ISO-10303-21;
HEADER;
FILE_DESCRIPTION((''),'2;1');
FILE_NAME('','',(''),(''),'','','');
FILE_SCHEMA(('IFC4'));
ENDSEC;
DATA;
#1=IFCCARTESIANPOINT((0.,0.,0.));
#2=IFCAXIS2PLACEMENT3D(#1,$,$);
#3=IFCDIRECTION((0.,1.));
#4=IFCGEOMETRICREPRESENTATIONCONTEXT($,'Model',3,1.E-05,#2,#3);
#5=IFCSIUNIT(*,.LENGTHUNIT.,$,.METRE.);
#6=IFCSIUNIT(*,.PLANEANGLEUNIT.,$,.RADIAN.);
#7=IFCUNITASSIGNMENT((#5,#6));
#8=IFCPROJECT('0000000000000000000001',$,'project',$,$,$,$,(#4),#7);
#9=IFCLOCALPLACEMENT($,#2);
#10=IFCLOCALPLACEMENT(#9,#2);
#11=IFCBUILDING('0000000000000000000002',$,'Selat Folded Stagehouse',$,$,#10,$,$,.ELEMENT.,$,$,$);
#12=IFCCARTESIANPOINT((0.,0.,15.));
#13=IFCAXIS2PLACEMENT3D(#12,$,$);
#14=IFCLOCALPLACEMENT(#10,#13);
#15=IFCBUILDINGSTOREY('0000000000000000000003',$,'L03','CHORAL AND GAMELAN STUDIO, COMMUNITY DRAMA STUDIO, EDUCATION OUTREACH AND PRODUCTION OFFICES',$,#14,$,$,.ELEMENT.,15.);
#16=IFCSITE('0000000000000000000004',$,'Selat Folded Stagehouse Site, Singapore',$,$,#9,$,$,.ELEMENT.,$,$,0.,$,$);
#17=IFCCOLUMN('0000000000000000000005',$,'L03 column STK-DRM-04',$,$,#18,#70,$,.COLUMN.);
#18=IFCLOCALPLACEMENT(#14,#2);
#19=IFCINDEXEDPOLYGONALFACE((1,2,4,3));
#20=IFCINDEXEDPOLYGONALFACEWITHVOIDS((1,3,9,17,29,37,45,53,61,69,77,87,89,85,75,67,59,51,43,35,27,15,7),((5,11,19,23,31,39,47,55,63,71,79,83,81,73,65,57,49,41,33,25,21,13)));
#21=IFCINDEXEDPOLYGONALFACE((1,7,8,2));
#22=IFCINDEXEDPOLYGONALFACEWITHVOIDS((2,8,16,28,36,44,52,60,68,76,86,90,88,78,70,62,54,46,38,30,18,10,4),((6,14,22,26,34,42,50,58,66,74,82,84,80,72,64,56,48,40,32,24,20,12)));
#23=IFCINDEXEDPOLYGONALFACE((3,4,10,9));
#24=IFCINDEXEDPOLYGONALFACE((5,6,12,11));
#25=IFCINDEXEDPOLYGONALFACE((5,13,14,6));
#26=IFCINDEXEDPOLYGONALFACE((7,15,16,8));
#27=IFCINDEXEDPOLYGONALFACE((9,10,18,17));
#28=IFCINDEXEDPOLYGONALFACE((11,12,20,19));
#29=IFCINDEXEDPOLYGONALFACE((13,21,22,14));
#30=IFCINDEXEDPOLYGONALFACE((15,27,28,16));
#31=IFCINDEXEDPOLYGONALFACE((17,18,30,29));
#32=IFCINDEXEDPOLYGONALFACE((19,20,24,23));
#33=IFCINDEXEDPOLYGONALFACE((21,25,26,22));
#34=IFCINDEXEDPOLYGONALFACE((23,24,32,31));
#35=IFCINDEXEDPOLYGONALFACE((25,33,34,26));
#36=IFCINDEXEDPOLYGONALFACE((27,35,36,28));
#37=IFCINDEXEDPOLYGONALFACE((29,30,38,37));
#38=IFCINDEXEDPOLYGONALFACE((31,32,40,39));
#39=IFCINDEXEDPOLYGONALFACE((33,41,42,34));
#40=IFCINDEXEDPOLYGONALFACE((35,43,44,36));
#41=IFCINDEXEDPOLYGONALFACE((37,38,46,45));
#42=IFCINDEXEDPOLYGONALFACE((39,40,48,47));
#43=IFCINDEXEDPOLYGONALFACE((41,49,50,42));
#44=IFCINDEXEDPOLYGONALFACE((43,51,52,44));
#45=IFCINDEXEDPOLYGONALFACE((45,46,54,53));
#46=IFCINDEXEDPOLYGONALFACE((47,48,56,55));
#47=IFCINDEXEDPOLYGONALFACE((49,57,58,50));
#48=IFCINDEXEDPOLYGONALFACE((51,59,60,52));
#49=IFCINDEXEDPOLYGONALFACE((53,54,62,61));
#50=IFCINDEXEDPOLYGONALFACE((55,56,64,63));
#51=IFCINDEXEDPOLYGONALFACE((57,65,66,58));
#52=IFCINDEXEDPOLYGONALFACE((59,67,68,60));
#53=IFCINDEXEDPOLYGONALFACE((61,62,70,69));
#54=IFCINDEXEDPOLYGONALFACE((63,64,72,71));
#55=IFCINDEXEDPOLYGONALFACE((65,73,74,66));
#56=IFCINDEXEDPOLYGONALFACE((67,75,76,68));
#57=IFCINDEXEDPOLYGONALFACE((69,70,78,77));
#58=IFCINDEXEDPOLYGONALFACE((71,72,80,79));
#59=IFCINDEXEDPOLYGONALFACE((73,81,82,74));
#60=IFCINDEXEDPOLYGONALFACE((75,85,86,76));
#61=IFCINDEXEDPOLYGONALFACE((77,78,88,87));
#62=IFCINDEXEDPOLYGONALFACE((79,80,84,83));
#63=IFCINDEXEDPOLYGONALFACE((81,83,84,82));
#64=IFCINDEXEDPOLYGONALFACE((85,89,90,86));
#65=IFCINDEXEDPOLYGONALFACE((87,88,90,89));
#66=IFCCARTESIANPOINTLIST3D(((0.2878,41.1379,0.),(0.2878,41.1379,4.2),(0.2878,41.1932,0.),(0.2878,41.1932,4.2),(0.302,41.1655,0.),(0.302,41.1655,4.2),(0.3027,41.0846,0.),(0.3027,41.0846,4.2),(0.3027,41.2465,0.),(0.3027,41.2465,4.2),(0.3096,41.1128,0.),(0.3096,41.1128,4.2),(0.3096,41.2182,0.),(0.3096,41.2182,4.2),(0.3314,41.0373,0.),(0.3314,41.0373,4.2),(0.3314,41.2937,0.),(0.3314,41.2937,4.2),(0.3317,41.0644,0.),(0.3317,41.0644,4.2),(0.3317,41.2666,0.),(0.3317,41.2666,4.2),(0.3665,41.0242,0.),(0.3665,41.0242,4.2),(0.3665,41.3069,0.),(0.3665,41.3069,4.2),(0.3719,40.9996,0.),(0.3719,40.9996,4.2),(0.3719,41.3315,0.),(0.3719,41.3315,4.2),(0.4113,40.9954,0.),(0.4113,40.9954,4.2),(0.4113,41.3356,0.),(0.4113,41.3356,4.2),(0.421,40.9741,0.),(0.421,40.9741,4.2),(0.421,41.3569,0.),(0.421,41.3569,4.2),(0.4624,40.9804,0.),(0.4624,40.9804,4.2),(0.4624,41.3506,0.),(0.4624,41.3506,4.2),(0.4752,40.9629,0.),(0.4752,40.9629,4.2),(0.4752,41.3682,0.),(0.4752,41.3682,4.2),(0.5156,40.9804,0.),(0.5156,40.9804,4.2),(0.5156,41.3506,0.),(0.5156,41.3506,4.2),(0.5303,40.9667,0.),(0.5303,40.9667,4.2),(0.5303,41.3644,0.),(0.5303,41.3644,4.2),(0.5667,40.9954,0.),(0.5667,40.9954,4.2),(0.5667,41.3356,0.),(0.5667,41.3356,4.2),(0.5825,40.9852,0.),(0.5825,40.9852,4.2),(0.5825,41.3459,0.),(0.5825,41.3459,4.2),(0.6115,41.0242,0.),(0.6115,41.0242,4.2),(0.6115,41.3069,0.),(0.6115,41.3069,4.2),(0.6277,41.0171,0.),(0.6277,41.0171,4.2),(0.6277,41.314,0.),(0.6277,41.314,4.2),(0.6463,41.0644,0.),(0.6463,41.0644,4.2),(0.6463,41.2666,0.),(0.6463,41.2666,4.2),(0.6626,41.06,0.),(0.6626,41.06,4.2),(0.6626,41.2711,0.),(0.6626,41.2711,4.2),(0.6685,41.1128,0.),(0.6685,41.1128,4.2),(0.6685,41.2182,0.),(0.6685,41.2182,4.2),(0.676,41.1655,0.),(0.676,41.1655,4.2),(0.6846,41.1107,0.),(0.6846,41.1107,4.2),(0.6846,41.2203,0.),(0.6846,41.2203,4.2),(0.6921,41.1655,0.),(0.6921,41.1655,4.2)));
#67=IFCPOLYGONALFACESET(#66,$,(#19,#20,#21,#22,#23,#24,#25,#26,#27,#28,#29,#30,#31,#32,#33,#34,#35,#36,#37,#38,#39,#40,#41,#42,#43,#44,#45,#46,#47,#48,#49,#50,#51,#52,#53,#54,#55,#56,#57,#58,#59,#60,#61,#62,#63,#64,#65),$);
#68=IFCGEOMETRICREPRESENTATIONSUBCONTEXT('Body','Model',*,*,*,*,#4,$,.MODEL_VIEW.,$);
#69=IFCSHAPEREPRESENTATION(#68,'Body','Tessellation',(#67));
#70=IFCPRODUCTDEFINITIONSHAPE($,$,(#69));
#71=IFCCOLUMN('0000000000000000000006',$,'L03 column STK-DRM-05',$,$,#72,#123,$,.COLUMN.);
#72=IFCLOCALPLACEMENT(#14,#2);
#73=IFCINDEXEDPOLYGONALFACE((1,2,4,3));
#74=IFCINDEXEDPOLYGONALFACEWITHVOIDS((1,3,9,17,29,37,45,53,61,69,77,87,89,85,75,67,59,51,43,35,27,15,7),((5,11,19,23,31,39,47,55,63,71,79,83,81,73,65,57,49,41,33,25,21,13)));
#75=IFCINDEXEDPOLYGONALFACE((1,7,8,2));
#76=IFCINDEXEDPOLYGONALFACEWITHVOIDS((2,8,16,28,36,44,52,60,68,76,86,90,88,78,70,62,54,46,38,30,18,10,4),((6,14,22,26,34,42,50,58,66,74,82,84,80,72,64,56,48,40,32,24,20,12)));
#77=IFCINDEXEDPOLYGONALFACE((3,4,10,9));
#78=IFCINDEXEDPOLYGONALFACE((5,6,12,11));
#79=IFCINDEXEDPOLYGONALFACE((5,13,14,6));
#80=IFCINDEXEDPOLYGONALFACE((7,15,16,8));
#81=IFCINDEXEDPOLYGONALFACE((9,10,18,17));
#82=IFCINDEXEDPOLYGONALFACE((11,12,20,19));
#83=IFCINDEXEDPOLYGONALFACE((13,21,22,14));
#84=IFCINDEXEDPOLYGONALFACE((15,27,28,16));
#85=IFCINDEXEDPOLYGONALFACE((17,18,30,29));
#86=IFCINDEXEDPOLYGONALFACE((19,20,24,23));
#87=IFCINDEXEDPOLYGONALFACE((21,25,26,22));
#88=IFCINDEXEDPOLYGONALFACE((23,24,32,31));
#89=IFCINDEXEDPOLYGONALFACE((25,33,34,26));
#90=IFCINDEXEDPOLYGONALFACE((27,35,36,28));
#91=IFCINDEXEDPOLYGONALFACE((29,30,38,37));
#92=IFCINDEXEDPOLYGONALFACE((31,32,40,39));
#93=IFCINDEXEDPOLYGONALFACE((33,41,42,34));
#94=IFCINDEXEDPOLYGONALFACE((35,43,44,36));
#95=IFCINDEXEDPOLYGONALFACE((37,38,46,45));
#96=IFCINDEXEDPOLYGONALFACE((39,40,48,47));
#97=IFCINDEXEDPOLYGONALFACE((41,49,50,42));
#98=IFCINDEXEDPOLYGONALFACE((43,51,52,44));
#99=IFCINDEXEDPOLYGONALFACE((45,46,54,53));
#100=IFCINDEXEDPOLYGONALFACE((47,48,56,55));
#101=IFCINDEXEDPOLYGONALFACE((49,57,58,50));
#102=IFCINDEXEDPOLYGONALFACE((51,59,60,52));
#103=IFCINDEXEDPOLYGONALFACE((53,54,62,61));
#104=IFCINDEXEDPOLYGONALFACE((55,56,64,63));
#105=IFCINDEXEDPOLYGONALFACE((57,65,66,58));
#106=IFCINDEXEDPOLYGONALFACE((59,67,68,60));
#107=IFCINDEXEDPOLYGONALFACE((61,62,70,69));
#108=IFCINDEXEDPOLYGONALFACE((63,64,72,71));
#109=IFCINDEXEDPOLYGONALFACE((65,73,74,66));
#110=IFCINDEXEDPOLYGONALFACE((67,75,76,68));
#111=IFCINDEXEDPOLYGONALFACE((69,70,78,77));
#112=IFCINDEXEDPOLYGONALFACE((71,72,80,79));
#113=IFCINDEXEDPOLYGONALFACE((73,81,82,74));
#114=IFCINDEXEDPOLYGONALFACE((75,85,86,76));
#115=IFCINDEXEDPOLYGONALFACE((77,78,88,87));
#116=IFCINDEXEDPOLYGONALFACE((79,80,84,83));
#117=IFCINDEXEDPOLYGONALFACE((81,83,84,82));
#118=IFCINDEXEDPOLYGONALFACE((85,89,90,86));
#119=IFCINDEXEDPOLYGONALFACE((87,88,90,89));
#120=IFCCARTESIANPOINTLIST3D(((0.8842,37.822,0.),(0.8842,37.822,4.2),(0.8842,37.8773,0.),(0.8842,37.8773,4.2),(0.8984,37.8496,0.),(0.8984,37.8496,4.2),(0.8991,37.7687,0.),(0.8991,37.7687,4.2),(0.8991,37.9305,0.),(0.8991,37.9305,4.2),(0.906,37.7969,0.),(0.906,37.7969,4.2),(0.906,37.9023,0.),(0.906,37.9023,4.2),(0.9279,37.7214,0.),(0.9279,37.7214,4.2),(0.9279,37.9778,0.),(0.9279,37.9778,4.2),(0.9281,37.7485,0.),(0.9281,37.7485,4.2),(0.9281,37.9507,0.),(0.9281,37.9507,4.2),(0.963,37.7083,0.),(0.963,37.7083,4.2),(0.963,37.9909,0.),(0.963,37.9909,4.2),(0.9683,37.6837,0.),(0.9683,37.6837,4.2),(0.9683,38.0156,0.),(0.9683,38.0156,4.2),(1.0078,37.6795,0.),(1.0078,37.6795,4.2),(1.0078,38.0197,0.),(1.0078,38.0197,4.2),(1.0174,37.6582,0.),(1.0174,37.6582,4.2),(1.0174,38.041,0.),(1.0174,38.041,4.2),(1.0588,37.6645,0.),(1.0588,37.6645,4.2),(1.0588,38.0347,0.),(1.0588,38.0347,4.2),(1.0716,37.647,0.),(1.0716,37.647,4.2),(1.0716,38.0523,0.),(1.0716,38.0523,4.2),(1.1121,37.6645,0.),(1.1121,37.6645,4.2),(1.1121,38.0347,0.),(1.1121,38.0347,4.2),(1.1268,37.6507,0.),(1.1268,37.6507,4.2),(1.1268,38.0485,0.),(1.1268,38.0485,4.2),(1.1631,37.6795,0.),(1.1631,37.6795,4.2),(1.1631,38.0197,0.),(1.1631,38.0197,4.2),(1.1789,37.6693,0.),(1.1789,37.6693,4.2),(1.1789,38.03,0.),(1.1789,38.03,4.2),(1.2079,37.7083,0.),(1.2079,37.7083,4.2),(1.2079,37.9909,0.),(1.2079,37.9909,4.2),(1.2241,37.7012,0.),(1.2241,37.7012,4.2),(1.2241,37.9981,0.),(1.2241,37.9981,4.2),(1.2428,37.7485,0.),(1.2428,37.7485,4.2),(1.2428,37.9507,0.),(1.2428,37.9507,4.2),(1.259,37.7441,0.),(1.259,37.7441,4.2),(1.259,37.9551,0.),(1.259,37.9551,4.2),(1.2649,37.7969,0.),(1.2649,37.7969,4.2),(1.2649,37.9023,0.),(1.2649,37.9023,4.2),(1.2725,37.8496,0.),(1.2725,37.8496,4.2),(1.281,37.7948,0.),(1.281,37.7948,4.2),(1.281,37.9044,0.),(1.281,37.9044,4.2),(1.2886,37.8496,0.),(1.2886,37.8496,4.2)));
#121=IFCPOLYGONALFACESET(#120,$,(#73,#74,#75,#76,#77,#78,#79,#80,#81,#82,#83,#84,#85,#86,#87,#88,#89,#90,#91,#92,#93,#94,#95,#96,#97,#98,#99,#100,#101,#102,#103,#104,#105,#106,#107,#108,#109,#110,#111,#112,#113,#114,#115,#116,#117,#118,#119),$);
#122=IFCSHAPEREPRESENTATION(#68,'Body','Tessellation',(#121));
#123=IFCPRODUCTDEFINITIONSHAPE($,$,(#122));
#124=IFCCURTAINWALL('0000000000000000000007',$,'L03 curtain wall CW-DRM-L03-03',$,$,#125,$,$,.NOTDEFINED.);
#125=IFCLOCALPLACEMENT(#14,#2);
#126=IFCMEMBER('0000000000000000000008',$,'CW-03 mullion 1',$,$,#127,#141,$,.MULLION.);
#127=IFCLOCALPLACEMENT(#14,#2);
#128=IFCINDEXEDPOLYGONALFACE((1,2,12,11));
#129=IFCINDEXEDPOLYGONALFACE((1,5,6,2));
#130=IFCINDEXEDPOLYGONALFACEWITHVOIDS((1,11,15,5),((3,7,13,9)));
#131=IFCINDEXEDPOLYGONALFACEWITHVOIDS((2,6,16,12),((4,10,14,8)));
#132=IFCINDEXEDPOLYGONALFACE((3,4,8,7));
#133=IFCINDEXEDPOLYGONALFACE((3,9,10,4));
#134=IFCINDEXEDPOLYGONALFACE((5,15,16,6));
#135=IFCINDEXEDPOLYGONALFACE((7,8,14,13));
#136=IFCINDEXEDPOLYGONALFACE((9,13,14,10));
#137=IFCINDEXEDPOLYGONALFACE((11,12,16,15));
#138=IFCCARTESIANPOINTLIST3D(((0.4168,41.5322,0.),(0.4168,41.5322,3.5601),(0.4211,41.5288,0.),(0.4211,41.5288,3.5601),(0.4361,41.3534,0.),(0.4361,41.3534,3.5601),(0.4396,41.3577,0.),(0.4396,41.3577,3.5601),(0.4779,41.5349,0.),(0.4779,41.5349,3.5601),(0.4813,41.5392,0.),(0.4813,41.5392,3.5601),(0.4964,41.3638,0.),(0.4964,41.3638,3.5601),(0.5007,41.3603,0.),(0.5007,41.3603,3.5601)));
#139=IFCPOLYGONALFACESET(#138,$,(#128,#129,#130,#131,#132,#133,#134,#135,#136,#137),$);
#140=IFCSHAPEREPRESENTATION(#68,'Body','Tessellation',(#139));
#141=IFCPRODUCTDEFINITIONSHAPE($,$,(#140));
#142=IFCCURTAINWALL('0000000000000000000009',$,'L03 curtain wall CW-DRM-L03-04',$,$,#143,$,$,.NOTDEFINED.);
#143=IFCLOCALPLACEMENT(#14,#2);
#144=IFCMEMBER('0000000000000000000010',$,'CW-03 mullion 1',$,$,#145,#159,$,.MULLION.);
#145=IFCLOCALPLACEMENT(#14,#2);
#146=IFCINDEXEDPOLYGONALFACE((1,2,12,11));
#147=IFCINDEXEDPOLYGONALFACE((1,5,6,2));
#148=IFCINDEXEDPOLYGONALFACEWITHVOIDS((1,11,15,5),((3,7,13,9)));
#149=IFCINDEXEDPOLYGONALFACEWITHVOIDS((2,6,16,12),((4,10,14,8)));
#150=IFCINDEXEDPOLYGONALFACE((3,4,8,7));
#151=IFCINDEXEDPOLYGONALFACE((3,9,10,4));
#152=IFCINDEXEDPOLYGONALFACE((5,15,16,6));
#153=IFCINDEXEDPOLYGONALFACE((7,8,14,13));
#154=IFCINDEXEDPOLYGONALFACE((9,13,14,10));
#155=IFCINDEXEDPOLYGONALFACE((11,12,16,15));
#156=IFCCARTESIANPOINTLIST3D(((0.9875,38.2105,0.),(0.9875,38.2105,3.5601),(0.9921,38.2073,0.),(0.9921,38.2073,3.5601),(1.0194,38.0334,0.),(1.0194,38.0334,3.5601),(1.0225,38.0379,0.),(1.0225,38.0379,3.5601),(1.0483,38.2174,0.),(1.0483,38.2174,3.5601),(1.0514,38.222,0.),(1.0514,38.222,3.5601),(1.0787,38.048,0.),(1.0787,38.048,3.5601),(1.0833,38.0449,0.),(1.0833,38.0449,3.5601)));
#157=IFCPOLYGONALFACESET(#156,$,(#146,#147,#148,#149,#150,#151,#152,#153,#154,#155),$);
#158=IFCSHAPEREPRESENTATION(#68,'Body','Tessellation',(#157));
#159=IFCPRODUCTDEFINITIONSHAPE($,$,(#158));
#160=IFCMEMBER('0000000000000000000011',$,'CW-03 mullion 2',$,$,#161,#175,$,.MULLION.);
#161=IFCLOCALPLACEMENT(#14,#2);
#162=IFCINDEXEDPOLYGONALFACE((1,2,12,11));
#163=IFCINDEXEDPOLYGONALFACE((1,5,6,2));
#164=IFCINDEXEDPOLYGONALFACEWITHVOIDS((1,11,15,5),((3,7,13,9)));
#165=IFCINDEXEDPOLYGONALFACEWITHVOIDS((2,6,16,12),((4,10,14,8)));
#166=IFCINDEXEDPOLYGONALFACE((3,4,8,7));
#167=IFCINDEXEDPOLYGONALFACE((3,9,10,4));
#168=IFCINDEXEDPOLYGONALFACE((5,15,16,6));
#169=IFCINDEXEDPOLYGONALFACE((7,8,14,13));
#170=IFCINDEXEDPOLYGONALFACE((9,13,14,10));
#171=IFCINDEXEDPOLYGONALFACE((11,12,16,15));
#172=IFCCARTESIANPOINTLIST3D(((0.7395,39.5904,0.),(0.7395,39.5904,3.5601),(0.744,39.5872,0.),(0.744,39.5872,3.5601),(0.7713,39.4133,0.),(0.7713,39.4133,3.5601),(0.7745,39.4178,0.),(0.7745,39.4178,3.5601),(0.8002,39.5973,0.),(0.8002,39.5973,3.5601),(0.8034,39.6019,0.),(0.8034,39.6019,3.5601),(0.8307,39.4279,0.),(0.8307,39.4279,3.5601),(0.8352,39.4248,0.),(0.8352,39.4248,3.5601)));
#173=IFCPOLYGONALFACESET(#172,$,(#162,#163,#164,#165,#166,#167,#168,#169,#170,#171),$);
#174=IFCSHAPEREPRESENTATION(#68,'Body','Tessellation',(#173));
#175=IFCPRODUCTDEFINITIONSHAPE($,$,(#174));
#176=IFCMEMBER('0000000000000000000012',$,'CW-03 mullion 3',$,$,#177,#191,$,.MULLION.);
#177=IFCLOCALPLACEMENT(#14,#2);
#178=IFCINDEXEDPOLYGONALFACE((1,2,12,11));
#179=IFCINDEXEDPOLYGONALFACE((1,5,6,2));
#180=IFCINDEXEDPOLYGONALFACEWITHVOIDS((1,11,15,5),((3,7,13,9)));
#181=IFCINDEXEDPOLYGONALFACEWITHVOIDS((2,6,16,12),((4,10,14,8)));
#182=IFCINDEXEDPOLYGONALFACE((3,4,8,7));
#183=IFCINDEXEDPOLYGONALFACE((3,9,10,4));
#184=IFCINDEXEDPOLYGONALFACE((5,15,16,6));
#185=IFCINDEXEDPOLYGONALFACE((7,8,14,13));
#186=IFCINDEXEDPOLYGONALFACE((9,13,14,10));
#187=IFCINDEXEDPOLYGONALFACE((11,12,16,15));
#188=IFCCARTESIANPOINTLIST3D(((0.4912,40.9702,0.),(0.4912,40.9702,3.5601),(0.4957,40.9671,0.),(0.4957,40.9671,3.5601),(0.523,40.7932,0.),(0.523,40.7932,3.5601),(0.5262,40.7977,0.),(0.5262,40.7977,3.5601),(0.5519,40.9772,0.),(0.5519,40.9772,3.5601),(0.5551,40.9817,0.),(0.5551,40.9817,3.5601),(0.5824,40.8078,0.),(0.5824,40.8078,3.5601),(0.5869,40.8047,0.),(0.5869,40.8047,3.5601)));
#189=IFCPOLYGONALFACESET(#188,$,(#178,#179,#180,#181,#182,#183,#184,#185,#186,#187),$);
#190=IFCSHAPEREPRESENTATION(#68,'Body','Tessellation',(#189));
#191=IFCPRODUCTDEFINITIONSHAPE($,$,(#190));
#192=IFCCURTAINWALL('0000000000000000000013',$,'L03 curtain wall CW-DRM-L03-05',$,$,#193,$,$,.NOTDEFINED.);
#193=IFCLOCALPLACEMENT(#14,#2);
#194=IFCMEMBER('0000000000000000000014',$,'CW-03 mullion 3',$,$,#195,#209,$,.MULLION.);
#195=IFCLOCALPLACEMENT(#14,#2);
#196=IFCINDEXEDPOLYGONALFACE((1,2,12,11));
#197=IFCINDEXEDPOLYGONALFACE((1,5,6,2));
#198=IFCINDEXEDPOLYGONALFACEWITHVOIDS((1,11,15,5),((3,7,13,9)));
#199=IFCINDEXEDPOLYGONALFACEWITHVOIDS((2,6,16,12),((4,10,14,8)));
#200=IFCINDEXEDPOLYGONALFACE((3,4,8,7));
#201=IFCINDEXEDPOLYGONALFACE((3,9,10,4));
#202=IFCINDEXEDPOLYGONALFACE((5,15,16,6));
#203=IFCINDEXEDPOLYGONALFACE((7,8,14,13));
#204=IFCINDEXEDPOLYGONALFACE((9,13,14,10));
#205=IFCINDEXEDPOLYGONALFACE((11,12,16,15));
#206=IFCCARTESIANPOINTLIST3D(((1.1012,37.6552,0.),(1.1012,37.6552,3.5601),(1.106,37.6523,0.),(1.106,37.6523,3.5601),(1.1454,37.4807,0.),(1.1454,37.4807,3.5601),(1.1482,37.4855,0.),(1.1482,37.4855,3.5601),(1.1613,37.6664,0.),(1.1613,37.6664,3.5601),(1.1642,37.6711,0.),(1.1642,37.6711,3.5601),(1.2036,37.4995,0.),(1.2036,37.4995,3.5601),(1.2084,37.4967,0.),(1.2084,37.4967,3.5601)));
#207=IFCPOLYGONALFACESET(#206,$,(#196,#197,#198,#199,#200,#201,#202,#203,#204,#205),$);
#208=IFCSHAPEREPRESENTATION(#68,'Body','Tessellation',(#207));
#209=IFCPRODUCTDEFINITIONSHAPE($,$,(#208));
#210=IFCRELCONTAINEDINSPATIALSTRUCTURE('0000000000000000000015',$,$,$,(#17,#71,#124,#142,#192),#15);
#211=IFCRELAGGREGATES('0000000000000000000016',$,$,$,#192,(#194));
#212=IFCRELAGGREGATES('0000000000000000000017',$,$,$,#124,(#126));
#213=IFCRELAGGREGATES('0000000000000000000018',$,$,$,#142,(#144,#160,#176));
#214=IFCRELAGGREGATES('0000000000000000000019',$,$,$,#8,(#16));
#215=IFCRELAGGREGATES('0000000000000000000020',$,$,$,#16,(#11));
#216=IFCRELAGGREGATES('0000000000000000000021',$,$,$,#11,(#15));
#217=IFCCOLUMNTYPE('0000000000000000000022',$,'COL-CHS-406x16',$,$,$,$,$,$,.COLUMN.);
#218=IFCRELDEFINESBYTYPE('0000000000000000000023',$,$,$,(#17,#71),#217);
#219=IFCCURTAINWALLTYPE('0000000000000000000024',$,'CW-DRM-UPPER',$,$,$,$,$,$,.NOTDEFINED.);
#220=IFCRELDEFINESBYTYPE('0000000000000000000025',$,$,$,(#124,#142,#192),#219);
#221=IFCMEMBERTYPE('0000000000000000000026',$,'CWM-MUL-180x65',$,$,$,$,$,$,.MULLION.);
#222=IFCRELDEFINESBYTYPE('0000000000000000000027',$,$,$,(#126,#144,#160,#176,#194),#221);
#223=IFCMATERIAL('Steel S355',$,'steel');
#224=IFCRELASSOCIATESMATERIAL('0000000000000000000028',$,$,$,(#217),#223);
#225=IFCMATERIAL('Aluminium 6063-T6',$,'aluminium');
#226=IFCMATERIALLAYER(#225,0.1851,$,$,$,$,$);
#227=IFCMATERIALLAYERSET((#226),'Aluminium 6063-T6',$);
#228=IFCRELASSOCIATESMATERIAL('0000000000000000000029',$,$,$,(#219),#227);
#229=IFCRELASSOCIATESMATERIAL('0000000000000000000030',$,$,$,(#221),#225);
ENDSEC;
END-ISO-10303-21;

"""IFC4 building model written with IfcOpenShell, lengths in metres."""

from ifc_helpers import new_model, si_unit, direction, frame, origin, origin_2d, place, context, subcontext, project, spatial, hollow_rectangle, hollow_circle, extrude, material, layer, layer_set, material_profile, profile_set, type_object, element, aggregate, save


model = new_model("IFC4")

# Units and contexts
model_context = context("Model", 3, precision=1e-05, world=origin(), true_north=direction((0.0, 1.0)))
body_context = subcontext(model_context, "Body", "Model", "MODEL_VIEW")
ifc_project = project(units=[si_unit("LENGTHUNIT", "METRE"), si_unit("PLANEANGLEUNIT", "RADIAN")], contexts=[model_context])

# Site, building, storey
site_placement = place(None, origin())
site = spatial("IfcSite", under=ifc_project, at=site_placement, Name="Selat Folded Stagehouse Site, Singapore", CompositionType="ELEMENT", RefElevation=0.0)
building_placement = place(site_placement, origin())
building = spatial("IfcBuilding", under=site, at=building_placement, Name="Selat Folded Stagehouse", CompositionType="ELEMENT")
storey_placement = place(building_placement, frame((0.0, 0.0, 15.0)))
storey = spatial("IfcBuildingStorey", under=building, at=storey_placement, Name="L03", Description="CHORAL AND GAMELAN STUDIO, COMMUNITY DRAMA STUDIO, EDUCATION OUTREACH AND PRODUCTION OFFICES", CompositionType="ELEMENT", Elevation=15.0)

# Columns
ifc_material_1 = material(Name="Steel S355", Category="steel")
ifc_material_profile_1 = material_profile(ifc_material_1, hollow_circle(Radius=0.2031, WallThickness=0.0161, at=origin_2d()), Name="CHS 406.4x16.0")
ifc_profile_set_1 = profile_set([ifc_material_profile_1], Name="Steel S355")
column_type = type_object("IfcColumnType", Name="COL-CHS-406x16", PredefinedType="COLUMN", material=ifc_profile_set_1)
for number, where, z_axis, x_axis, name in (
    (1, (0.489, 41.1655, 0.0), (0.0, 0.0, 1.0), (1.0, 0.0, 0.0), "L03 column STK-DRM-04"),
    (2, (1.0854, 37.8496, 0.0), (0.0, 0.0, 1.0), (1.0, 0.0, 0.0), "L03 column STK-DRM-05"),
):
    element("IfcColumn", number, at=place(storey_placement, frame(where, z_axis=z_axis, x_axis=x_axis)), inside=storey, type_object=column_type, Name=name, PredefinedType="COLUMN", context=body_context, shape_type="SweptSolid", body=[
        extrude(hollow_circle(Radius=0.2031, WallThickness=0.0161, at=origin_2d()), origin(), (0.0, 0.0, 1.0), 4.2),
    ])

# Curtain wall, member
ifc_material_2 = material(Name="Aluminium 6063-T6", Category="aluminium")
ifc_layer_1 = layer(ifc_material_2, 0.1851)
ifc_layer_set_1 = layer_set([ifc_layer_1], Name="Aluminium 6063-T6")
curtain_wall_type = type_object("IfcCurtainWallType", Name="CW-DRM-UPPER", PredefinedType="NOTDEFINED", material=ifc_layer_set_1)
curtain_wall_1_placement = place(storey_placement, origin())
curtain_wall_1 = element("IfcCurtainWall", 3, at=curtain_wall_1_placement, inside=storey, type_object=curtain_wall_type, Name="L03 curtain wall CW-DRM-L03-03", PredefinedType="NOTDEFINED")
ifc_material_profile_2 = material_profile(ifc_material_2, hollow_rectangle(XDim=0.0649, YDim=0.1799, WallThickness=0.0039, at=origin_2d()), Name="ALU 180x65x4.0")
ifc_profile_set_2 = profile_set([ifc_material_profile_2], Name="Aluminium 6063-T6")
member_type_1 = type_object("IfcMemberType", Name="CWM-MUL-180x65", PredefinedType="MULLION", material=ifc_profile_set_2)
member_1_placement = place(storey_placement, frame((0.4587, 41.4463, 0.0), z_axis=(0.0, 0.0, 1.0), x_axis=(-0.994199, -0.107558, 0.0)))
member_1 = element("IfcMember", 4, at=member_1_placement, type_object=member_type_1, Name="CW-03 mullion 1", PredefinedType="MULLION", context=body_context, shape_type="SweptSolid", body=[
    extrude(hollow_rectangle(XDim=0.0649, YDim=0.1799, WallThickness=0.0039, at=origin_2d()), origin(), (0.0, 0.0, 1.0), 3.5601),
])

# Curtain wall, members
curtain_wall_2_placement = place(storey_placement, origin())
curtain_wall_2 = element("IfcCurtainWall", 5, at=curtain_wall_2_placement, inside=storey, type_object=curtain_wall_type, Name="L03 curtain wall CW-DRM-L03-04", PredefinedType="NOTDEFINED")
member_2_placement = place(storey_placement, frame((1.0354, 38.1277, 0.0), z_axis=(0.0, 0.0, 1.0), x_axis=(-0.984211, -0.177002, 0.0)))
member_2 = element("IfcMember", 6, at=member_2_placement, type_object=member_type_1, Name="CW-03 mullion 1", PredefinedType="MULLION", context=body_context, shape_type="SweptSolid", body=[
    extrude(hollow_rectangle(XDim=0.0649, YDim=0.1799, WallThickness=0.0039, at=origin_2d()), origin(), (0.0, 0.0, 1.0), 3.5601),
])
member_3_placement = place(storey_placement, frame((0.7874, 39.5076, 0.0), z_axis=(0.0, 0.0, 1.0), x_axis=(-0.984211, -0.177002, 0.0)))
member_3 = element("IfcMember", 7, at=member_3_placement, type_object=member_type_1, Name="CW-03 mullion 2", PredefinedType="MULLION", context=body_context, shape_type="SweptSolid", body=[
    extrude(hollow_rectangle(XDim=0.0649, YDim=0.1799, WallThickness=0.0039, at=origin_2d()), origin(), (0.0, 0.0, 1.0), 3.5601),
])
member_4_placement = place(storey_placement, frame((0.5391, 40.8875, 0.0), z_axis=(0.0, 0.0, 1.0), x_axis=(-0.984211, -0.177002, 0.0)))
member_4 = element("IfcMember", 8, at=member_4_placement, type_object=member_type_1, Name="CW-03 mullion 3", PredefinedType="MULLION", context=body_context, shape_type="SweptSolid", body=[
    extrude(hollow_rectangle(XDim=0.0649, YDim=0.1799, WallThickness=0.0039, at=origin_2d()), origin(), (0.0, 0.0, 1.0), 3.5601),
])

# Curtain wall, member
curtain_wall_3_placement = place(storey_placement, origin())
curtain_wall_3 = element("IfcCurtainWall", 9, at=curtain_wall_3_placement, inside=storey, type_object=curtain_wall_type, Name="L03 curtain wall CW-DRM-L03-05", PredefinedType="NOTDEFINED")
member_5_placement = place(storey_placement, frame((1.1548, 37.5759, 0.0), z_axis=(0.0, 0.0, 1.0), x_axis=(-0.969367, -0.245618, 0.0)))
member_5 = element("IfcMember", 10, at=member_5_placement, type_object=member_type_1, Name="CW-03 mullion 3", PredefinedType="MULLION", context=body_context, shape_type="SweptSolid", body=[
    extrude(hollow_rectangle(XDim=0.0649, YDim=0.1799, WallThickness=0.0039, at=origin_2d()), origin(), (0.0, 0.0, 1.0), 3.5601),
])
aggregate(curtain_wall_3, [member_5])

aggregate(curtain_wall_1, [member_1])

aggregate(curtain_wall_2, [member_2, member_3, member_4])

save(model, "model.ifc")
